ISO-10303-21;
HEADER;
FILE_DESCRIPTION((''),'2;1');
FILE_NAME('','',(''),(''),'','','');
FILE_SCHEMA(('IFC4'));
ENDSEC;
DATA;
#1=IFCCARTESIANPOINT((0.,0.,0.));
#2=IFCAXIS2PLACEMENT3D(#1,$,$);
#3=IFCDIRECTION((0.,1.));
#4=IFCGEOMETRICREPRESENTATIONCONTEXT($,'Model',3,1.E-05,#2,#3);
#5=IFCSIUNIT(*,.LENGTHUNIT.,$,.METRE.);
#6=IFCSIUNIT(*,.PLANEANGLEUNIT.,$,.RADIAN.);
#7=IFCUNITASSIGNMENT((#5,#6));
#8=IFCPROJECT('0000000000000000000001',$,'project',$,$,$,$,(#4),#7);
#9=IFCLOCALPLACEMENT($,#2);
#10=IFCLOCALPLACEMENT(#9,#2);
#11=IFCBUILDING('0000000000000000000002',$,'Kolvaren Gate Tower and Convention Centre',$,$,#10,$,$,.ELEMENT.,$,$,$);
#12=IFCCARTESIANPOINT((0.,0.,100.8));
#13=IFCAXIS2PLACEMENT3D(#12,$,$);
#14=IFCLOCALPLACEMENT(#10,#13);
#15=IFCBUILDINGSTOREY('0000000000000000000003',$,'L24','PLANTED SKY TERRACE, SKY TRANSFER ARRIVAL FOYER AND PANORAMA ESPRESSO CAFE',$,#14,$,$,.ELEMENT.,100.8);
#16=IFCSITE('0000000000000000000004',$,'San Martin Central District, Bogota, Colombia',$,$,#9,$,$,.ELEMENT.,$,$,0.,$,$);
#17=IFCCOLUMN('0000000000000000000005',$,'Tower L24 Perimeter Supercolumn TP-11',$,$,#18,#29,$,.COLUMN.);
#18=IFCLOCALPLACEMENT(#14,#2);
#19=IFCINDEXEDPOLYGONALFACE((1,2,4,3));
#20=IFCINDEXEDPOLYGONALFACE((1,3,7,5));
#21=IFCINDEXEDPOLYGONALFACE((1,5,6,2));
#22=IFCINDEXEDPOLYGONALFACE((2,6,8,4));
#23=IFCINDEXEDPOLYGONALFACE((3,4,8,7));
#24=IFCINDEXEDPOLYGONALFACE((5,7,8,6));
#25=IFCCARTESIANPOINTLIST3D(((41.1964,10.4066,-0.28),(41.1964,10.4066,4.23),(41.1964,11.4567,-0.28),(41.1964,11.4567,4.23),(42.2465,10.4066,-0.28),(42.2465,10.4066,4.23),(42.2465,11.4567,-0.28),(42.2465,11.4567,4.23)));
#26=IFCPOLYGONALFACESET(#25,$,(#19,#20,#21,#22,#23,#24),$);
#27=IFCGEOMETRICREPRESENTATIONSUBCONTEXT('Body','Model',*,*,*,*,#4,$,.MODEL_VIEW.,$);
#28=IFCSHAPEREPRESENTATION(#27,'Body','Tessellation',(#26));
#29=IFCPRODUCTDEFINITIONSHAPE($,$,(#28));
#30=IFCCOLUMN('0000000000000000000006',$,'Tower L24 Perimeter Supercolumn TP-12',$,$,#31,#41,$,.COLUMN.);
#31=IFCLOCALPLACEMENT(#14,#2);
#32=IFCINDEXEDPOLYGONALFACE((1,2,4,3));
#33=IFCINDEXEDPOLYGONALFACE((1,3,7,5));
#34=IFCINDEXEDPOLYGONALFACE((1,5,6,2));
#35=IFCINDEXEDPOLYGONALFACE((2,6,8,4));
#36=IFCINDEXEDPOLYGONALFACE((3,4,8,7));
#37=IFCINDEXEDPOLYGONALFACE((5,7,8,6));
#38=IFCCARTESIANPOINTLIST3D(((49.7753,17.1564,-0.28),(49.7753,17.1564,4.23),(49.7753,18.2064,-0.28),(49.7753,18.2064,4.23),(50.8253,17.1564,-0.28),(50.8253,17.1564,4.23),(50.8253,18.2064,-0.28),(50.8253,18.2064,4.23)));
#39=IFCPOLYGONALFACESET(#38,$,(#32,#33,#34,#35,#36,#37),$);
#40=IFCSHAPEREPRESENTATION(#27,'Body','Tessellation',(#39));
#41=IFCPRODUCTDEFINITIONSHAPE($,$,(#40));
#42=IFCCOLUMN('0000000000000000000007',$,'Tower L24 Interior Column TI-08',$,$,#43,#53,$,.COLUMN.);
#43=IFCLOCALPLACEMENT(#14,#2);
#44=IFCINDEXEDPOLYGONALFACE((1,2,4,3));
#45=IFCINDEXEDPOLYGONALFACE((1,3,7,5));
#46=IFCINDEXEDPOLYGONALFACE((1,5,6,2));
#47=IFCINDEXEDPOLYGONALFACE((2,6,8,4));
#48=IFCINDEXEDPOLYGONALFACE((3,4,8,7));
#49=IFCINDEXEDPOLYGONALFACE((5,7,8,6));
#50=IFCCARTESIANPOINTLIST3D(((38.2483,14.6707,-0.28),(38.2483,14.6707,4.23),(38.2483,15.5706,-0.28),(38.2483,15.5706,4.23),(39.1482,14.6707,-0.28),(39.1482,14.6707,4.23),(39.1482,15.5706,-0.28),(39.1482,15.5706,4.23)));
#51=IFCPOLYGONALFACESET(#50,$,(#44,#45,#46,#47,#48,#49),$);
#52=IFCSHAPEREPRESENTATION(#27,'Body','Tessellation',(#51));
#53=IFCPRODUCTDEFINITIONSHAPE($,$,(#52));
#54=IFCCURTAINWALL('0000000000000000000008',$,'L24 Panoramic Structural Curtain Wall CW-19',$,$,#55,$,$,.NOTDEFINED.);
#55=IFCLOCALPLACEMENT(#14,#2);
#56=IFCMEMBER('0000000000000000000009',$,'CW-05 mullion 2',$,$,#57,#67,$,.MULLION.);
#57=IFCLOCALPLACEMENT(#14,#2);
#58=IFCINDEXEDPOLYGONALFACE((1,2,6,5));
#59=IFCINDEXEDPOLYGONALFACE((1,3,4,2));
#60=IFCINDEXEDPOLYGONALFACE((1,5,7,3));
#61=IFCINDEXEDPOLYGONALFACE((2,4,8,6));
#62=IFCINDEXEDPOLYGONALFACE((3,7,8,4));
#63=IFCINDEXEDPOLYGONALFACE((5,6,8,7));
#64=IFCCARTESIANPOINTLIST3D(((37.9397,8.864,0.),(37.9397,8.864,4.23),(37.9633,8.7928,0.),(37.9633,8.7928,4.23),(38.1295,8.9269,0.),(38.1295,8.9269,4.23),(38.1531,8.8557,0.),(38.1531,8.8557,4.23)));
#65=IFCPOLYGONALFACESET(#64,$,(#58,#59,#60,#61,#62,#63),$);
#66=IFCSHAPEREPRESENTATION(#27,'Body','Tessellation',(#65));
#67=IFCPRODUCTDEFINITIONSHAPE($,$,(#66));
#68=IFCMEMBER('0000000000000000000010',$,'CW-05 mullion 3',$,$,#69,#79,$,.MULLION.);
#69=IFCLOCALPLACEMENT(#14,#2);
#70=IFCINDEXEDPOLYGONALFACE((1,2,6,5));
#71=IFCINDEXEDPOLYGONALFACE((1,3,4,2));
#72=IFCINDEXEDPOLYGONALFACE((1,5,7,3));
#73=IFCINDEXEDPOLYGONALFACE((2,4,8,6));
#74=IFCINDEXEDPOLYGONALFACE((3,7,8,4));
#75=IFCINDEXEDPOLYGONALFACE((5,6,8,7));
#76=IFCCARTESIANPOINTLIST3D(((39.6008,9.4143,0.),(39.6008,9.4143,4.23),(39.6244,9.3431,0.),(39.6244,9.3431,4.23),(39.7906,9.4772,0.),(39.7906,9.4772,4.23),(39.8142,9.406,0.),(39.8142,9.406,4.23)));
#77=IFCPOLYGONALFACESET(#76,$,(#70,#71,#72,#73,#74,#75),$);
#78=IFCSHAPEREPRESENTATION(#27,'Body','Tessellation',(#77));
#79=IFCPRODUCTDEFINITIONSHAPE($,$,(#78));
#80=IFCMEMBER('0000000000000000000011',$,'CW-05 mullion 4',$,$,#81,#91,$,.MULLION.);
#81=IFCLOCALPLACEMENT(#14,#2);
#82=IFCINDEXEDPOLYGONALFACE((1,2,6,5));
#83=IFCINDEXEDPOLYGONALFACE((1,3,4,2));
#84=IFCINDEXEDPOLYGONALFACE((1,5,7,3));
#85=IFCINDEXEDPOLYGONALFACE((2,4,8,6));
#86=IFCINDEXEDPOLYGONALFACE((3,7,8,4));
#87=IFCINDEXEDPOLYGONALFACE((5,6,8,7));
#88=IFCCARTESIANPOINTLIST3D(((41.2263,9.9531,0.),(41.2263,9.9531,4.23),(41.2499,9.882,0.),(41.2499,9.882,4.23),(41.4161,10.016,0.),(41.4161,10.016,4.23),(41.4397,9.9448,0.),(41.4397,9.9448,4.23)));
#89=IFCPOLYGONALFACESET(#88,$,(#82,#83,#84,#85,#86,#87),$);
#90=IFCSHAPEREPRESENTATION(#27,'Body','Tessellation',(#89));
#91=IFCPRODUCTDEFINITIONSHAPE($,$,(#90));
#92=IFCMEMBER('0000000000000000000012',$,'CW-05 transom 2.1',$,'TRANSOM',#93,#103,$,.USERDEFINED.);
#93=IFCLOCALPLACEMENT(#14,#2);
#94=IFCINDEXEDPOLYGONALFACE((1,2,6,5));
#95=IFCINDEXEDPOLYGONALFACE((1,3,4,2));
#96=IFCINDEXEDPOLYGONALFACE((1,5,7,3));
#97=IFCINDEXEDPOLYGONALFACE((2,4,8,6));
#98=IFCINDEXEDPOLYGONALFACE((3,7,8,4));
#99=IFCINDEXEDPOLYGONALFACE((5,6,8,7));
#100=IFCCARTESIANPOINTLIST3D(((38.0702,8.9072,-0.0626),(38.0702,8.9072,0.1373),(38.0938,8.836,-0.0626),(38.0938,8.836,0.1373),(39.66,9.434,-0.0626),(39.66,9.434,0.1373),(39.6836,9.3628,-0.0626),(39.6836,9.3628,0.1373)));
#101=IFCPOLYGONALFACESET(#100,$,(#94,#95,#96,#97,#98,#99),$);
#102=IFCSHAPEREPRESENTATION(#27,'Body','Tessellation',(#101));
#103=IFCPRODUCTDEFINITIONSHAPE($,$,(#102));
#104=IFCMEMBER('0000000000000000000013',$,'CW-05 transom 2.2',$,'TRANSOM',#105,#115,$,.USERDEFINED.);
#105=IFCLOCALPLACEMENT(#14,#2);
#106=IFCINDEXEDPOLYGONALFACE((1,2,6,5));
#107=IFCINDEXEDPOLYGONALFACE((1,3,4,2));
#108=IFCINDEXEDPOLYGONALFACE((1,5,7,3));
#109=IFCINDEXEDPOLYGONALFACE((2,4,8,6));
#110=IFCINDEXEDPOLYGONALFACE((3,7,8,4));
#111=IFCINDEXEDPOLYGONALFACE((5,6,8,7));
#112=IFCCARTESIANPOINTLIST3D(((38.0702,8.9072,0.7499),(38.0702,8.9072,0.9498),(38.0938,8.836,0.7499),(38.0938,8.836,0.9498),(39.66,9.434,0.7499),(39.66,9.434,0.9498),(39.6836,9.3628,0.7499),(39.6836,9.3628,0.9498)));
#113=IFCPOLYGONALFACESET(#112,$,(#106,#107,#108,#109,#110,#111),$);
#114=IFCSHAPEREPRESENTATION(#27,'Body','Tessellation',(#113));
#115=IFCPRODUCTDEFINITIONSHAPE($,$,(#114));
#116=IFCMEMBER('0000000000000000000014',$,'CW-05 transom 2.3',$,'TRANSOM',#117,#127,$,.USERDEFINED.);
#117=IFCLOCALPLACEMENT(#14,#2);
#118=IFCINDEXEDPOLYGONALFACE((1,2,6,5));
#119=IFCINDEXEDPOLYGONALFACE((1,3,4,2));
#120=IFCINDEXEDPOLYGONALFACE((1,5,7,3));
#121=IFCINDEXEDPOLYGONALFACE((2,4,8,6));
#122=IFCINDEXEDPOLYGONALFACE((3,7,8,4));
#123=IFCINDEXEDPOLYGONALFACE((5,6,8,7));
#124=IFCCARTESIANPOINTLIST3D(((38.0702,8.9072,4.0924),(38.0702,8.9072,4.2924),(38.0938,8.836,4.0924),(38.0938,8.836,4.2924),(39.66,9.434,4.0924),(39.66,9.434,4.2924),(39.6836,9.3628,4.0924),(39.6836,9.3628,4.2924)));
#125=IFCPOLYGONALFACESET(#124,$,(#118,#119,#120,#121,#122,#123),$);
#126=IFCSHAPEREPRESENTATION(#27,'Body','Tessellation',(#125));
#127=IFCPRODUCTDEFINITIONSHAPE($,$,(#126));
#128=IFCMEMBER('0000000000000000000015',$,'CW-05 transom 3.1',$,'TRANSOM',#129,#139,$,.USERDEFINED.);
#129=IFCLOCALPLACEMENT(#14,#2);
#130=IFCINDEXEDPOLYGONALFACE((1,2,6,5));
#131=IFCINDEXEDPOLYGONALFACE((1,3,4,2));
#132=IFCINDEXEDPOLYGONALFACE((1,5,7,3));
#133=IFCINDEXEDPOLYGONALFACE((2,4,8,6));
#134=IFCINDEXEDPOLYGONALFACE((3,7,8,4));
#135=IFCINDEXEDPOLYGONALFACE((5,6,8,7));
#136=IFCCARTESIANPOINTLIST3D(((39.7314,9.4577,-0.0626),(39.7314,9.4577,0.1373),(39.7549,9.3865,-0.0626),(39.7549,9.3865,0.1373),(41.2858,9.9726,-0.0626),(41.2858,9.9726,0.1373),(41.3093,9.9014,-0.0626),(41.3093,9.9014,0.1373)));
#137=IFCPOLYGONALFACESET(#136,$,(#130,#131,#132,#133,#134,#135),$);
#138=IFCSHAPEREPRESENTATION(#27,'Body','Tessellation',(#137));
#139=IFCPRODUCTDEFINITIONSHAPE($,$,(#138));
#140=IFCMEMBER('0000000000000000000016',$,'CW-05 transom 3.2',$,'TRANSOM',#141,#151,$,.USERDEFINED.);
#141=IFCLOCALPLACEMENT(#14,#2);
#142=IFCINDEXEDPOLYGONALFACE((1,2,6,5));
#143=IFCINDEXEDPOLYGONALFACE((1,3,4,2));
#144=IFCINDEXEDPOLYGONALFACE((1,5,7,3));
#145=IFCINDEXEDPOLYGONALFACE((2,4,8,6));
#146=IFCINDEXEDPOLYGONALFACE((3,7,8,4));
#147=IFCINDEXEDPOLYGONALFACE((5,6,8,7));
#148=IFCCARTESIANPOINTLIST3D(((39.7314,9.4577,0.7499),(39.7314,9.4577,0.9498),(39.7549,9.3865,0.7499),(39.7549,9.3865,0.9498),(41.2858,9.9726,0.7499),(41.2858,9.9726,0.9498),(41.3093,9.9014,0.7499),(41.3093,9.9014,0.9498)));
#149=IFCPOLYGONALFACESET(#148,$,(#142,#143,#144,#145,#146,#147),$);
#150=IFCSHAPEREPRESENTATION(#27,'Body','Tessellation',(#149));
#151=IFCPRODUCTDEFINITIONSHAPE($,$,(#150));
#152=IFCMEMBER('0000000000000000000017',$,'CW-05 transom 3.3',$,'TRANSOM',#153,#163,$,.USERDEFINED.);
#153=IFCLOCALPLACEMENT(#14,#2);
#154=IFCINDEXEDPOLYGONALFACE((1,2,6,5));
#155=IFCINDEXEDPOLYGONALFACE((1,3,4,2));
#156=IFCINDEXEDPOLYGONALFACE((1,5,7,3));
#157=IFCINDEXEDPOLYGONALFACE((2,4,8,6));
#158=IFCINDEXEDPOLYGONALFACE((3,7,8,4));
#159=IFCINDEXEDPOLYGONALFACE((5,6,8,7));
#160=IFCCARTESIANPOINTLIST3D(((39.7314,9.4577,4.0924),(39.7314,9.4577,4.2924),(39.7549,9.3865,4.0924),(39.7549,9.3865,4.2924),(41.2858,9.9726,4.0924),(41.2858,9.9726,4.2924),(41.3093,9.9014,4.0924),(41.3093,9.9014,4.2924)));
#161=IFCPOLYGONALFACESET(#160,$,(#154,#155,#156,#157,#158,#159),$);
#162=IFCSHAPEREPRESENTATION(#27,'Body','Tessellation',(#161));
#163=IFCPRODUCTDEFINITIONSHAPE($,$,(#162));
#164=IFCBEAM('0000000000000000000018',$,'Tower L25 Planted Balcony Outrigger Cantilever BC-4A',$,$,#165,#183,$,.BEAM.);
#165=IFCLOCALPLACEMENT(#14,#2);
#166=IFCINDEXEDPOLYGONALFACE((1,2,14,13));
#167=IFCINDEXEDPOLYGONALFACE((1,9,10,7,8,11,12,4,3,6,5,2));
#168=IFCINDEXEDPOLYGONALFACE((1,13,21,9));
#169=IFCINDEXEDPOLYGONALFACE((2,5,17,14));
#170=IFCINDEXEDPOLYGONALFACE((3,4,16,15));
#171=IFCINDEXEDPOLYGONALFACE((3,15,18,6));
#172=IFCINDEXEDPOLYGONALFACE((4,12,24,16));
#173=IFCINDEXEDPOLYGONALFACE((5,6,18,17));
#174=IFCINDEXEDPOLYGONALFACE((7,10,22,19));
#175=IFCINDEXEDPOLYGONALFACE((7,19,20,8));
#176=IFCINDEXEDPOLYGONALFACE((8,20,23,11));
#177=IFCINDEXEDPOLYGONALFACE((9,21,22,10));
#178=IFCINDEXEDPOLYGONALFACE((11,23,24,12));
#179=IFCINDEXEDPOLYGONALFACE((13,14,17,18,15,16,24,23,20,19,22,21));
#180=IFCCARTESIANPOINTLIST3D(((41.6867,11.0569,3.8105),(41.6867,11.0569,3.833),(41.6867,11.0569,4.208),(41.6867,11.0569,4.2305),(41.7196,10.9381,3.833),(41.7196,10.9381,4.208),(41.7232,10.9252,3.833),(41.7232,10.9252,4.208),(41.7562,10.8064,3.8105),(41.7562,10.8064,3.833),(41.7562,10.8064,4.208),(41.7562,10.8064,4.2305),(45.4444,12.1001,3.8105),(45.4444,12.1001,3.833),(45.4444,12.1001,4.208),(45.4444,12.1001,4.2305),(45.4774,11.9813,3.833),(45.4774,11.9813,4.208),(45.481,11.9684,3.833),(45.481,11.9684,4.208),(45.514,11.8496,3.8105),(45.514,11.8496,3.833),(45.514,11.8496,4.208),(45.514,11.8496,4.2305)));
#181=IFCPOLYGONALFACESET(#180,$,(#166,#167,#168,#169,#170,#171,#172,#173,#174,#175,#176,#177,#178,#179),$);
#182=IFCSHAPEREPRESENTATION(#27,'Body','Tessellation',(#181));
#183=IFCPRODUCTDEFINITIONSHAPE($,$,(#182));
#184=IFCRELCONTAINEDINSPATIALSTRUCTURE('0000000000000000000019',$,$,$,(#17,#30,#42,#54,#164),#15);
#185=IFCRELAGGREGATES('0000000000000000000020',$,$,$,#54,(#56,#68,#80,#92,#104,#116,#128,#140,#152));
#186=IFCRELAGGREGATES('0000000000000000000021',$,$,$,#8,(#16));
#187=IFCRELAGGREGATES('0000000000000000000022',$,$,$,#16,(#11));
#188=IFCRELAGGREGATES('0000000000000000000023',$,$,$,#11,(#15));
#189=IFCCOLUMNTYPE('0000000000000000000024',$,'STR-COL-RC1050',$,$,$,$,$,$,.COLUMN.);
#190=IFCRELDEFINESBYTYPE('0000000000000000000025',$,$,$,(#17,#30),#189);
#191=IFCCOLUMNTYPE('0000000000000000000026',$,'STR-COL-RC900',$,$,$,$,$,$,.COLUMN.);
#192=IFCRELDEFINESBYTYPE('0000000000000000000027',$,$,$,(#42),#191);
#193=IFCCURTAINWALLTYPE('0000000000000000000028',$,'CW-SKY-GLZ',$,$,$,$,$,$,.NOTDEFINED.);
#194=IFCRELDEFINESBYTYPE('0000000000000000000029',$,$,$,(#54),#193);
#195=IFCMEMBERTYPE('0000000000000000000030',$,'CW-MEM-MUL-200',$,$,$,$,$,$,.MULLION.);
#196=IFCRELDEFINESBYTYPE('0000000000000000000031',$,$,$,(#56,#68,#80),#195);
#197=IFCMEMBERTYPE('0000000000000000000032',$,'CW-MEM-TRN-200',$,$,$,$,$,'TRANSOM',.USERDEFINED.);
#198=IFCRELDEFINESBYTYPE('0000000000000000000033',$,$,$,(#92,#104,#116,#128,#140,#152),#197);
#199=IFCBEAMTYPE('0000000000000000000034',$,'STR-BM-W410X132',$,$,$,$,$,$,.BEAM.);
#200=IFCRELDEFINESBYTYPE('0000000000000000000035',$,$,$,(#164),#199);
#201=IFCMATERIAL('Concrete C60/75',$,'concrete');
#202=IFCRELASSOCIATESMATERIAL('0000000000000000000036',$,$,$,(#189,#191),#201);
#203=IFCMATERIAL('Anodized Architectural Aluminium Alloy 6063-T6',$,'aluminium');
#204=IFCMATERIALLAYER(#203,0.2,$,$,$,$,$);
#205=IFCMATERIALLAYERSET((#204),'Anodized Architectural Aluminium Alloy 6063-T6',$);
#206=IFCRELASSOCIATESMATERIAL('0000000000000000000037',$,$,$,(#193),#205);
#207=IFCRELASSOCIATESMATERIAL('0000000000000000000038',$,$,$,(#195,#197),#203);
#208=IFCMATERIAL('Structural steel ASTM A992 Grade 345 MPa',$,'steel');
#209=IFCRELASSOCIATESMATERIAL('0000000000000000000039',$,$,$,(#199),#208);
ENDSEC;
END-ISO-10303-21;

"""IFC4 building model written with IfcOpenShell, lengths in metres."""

from ifc_helpers import new_model, si_unit, direction, frame, origin, origin_2d, place, context, subcontext, project, spatial, rectangle, i_section, extrude, material, layer, layer_set, material_profile, profile_set, type_object, element, aggregate, save


model = new_model("IFC4")

# Units and contexts
model_context = context("Model", 3, precision=1e-05, world=origin(), true_north=direction((0.0, 1.0)))
body_context = subcontext(model_context, "Body", "Model", "MODEL_VIEW")
ifc_project = project(units=[si_unit("LENGTHUNIT", "METRE"), si_unit("PLANEANGLEUNIT", "RADIAN")], contexts=[model_context])

# Site, building, storey
site_placement = place(None, origin())
site = spatial("IfcSite", under=ifc_project, at=site_placement, Name="San Martin Central District, Bogota, Colombia", CompositionType="ELEMENT", RefElevation=0.0)
building_placement = place(site_placement, origin())
building = spatial("IfcBuilding", under=site, at=building_placement, Name="Kolvaren Gate Tower and Convention Centre", CompositionType="ELEMENT")
storey_placement = place(building_placement, frame((0.0, 0.0, 100.8)))
storey = spatial("IfcBuildingStorey", under=building, at=storey_placement, Name="L24", Description="PLANTED SKY TERRACE, SKY TRANSFER ARRIVAL FOYER AND PANORAMA ESPRESSO CAFE", CompositionType="ELEMENT", Elevation=100.8)

# Columns
ifc_material_1 = material(Name="Concrete C60/75", Category="concrete")
ifc_material_profile_1 = material_profile(ifc_material_1, rectangle(XDim=1.05, YDim=1.05, at=origin_2d()), Name="RC-COL-1050X1050")
ifc_profile_set_1 = profile_set([ifc_material_profile_1], Name="Concrete C60/75")
column_type_1 = type_object("IfcColumnType", Name="STR-COL-RC1050", PredefinedType="COLUMN", material=ifc_profile_set_1)
for number, where, z_axis, x_axis, name in (
    (1, (41.7214, 10.9316, -0.28), (0.0, 0.0, 1.0), (1.0, 0.0, 0.0), "Tower L24 Perimeter Supercolumn TP-11"),
    (2, (50.3003, 17.6814, -0.28), (0.0, 0.0, 1.0), (1.0, 0.0, 0.0), "Tower L24 Perimeter Supercolumn TP-12"),
):
    element("IfcColumn", number, at=place(storey_placement, frame(where, z_axis=z_axis, x_axis=x_axis)), inside=storey, type_object=column_type_1, Name=name, PredefinedType="COLUMN", context=body_context, shape_type="SweptSolid", body=[
        extrude(rectangle(XDim=1.05, YDim=1.05, at=origin_2d()), origin(), (0.0, 0.0, 1.0), 4.51),
    ])
ifc_material_profile_2 = material_profile(ifc_material_1, rectangle(XDim=0.8999, YDim=0.8999, at=origin_2d()), Name="RC-COL-900X900")
ifc_profile_set_2 = profile_set([ifc_material_profile_2], Name="Concrete C60/75")
column_type_2 = type_object("IfcColumnType", Name="STR-COL-RC900", PredefinedType="COLUMN", material=ifc_profile_set_2)
column_placement = place(storey_placement, frame((38.6982, 15.1206, -0.28), z_axis=(0.0, 0.0, 1.0), x_axis=(1.0, 0.0, 0.0)))
element("IfcColumn", 3, at=column_placement, inside=storey, type_object=column_type_2, Name="Tower L24 Interior Column TI-08", PredefinedType="COLUMN", context=body_context, shape_type="SweptSolid", body=[
    extrude(rectangle(XDim=0.8999, YDim=0.8999, at=origin_2d()), origin(), (0.0, 0.0, 1.0), 4.51),
])

# Curtain wall, members
ifc_material_2 = material(Name="Anodized Architectural Aluminium Alloy 6063-T6", Category="aluminium")
ifc_layer_1 = layer(ifc_material_2, 0.2)
ifc_layer_set_1 = layer_set([ifc_layer_1], Name="Anodized Architectural Aluminium Alloy 6063-T6")
curtain_wall_type = type_object("IfcCurtainWallType", Name="CW-SKY-GLZ", PredefinedType="NOTDEFINED", material=ifc_layer_set_1)
curtain_wall_placement = place(storey_placement, origin())
curtain_wall = element("IfcCurtainWall", 4, at=curtain_wall_placement, inside=storey, type_object=curtain_wall_type, Name="L24 Panoramic Structural Curtain Wall CW-19", PredefinedType="NOTDEFINED")
ifc_material_profile_3 = material_profile(ifc_material_2, rectangle(XDim=0.075, YDim=0.2, at=origin_2d()), Name="CW-MEM-MUL-200")
ifc_profile_set_3 = profile_set([ifc_material_profile_3], Name="Anodized Architectural Aluminium Alloy 6063-T6")
member_type_1 = type_object("IfcMemberType", Name="CW-MEM-MUL-200", PredefinedType="MULLION", material=ifc_profile_set_3)
member_1_placement = place(storey_placement, frame((38.0464, 8.8599, 0.0), z_axis=(0.0, 0.0, 1.0), x_axis=(-0.314553, 0.94924, 0.0)))
member_1 = element("IfcMember", 5, at=member_1_placement, type_object=member_type_1, Name="CW-05 mullion 2", PredefinedType="MULLION", context=body_context, shape_type="SweptSolid", body=[
    extrude(rectangle(XDim=0.075, YDim=0.2, at=origin_2d()), origin(), (0.0, 0.0, 1.0), 4.23),
])
member_2_placement = place(storey_placement, frame((39.7075, 9.4102, 0.0), z_axis=(0.0, 0.0, 1.0), x_axis=(-0.314553, 0.94924, 0.0)))
member_2 = element("IfcMember", 6, at=member_2_placement, type_object=member_type_1, Name="CW-05 mullion 3", PredefinedType="MULLION", context=body_context, shape_type="SweptSolid", body=[
    extrude(rectangle(XDim=0.075, YDim=0.2, at=origin_2d()), origin(), (0.0, 0.0, 1.0), 4.23),
])
member_3_placement = place(storey_placement, frame((41.333, 9.949, 0.0), z_axis=(0.0, 0.0, 1.0), x_axis=(-0.314553, 0.94924, 0.0)))
member_3 = element("IfcMember", 7, at=member_3_placement, type_object=member_type_1, Name="CW-05 mullion 4", PredefinedType="MULLION", context=body_context, shape_type="SweptSolid", body=[
    extrude(rectangle(XDim=0.075, YDim=0.2, at=origin_2d()), origin(), (0.0, 0.0, 1.0), 4.23),
])
ifc_material_profile_4 = material_profile(ifc_material_2, rectangle(XDim=0.075, YDim=0.2, at=origin_2d()), Name="CW-MEM-TRN-200")
ifc_profile_set_4 = profile_set([ifc_material_profile_4], Name="Anodized Architectural Aluminium Alloy 6063-T6")
member_type_2 = type_object("IfcMemberType", Name="CW-MEM-TRN-200", ElementType="TRANSOM", PredefinedType="USERDEFINED", material=ifc_profile_set_4)
member_4_placement = place(storey_placement, frame((38.082, 8.8716, 0.0374), z_axis=(0.949236, 0.314566, 0.0), x_axis=(-0.314566, 0.949236, 0.0)))
member_4 = element("IfcMember", 8, at=member_4_placement, type_object=member_type_2, Name="CW-05 transom 2.1", ObjectType="TRANSOM", PredefinedType="USERDEFINED", context=body_context, shape_type="SweptSolid", body=[
    extrude(rectangle(XDim=0.075, YDim=0.2, at=origin_2d()), origin(), (0.0, 0.0, 1.0), 1.6748),
])
member_5_placement = place(storey_placement, frame((38.082, 8.8716, 0.8499), z_axis=(0.949236, 0.314566, 0.0), x_axis=(-0.314566, 0.949236, 0.0)))
member_5 = element("IfcMember", 9, at=member_5_placement, type_object=member_type_2, Name="CW-05 transom 2.2", ObjectType="TRANSOM", PredefinedType="USERDEFINED", context=body_context, shape_type="SweptSolid", body=[
    extrude(rectangle(XDim=0.075, YDim=0.2, at=origin_2d()), origin(), (0.0, 0.0, 1.0), 1.6748),
])
member_6_placement = place(storey_placement, frame((38.082, 8.8716, 4.1924), z_axis=(0.949236, 0.314566, 0.0), x_axis=(-0.314566, 0.949236, 0.0)))
member_6 = element("IfcMember", 10, at=member_6_placement, type_object=member_type_2, Name="CW-05 transom 2.3", ObjectType="TRANSOM", PredefinedType="USERDEFINED", context=body_context, shape_type="SweptSolid", body=[
    extrude(rectangle(XDim=0.075, YDim=0.2, at=origin_2d()), origin(), (0.0, 0.0, 1.0), 1.6748),
])
member_7_placement = place(storey_placement, frame((39.7432, 9.4221, 0.0374), z_axis=(0.949278, 0.314438, 0.0), x_axis=(-0.314438, 0.949278, 0.0)))
member_7 = element("IfcMember", 11, at=member_7_placement, type_object=member_type_2, Name="CW-05 transom 3.1", ObjectType="TRANSOM", PredefinedType="USERDEFINED", context=body_context, shape_type="SweptSolid", body=[
    extrude(rectangle(XDim=0.075, YDim=0.2, at=origin_2d()), origin(), (0.0, 0.0, 1.0), 1.6375),
])
member_8_placement = place(storey_placement, frame((39.7432, 9.4221, 0.8499), z_axis=(0.949278, 0.314438, 0.0), x_axis=(-0.314438, 0.949278, 0.0)))
member_8 = element("IfcMember", 12, at=member_8_placement, type_object=member_type_2, Name="CW-05 transom 3.2", ObjectType="TRANSOM", PredefinedType="USERDEFINED", context=body_context, shape_type="SweptSolid", body=[
    extrude(rectangle(XDim=0.075, YDim=0.2, at=origin_2d()), origin(), (0.0, 0.0, 1.0), 1.6375),
])
member_9_placement = place(storey_placement, frame((39.7432, 9.4221, 4.1924), z_axis=(0.949278, 0.314438, 0.0), x_axis=(-0.314438, 0.949278, 0.0)))
member_9 = element("IfcMember", 13, at=member_9_placement, type_object=member_type_2, Name="CW-05 transom 3.3", ObjectType="TRANSOM", PredefinedType="USERDEFINED", context=body_context, shape_type="SweptSolid", body=[
    extrude(rectangle(XDim=0.075, YDim=0.2, at=origin_2d()), origin(), (0.0, 0.0, 1.0), 1.6375),
])

# Beam
ifc_material_3 = material(Name="Structural steel ASTM A992 Grade 345 MPa", Category="steel")
ifc_material_profile_5 = material_profile(ifc_material_3, i_section(OverallWidth=0.26, OverallDepth=0.4199, WebThickness=0.0134, FlangeThickness=0.0225, at=origin_2d()), Name="W410X132")
ifc_profile_set_5 = profile_set([ifc_material_profile_5], Name="Structural steel ASTM A992 Grade 345 MPa")
beam_type_1 = type_object("IfcBeamType", Name="STR-BM-W410X132", PredefinedType="BEAM", material=ifc_profile_set_5)
beam_1_placement = place(storey_placement, frame((41.7214, 10.9316, 4.0205), z_axis=(0.963559, 0.267495, 0.0), x_axis=(-0.267495, 0.963559, 0.0)))
element("IfcBeam", 14, at=beam_1_placement, inside=storey, type_object=beam_type_1, Name="Tower L25 Planted Balcony Outrigger Cantilever BC-4A", PredefinedType="BEAM", context=body_context, shape_type="SweptSolid", body=[
    extrude(i_section(OverallWidth=0.26, OverallDepth=0.4199, WebThickness=0.0134, FlangeThickness=0.0225, at=origin_2d()), origin(), (0.0, 0.0, 1.0), 3.8999),
])

aggregate(curtain_wall, [member_1, member_2, member_3, member_4, member_5, member_6, member_7, member_8, member_9])

save(model, "model.ifc")
